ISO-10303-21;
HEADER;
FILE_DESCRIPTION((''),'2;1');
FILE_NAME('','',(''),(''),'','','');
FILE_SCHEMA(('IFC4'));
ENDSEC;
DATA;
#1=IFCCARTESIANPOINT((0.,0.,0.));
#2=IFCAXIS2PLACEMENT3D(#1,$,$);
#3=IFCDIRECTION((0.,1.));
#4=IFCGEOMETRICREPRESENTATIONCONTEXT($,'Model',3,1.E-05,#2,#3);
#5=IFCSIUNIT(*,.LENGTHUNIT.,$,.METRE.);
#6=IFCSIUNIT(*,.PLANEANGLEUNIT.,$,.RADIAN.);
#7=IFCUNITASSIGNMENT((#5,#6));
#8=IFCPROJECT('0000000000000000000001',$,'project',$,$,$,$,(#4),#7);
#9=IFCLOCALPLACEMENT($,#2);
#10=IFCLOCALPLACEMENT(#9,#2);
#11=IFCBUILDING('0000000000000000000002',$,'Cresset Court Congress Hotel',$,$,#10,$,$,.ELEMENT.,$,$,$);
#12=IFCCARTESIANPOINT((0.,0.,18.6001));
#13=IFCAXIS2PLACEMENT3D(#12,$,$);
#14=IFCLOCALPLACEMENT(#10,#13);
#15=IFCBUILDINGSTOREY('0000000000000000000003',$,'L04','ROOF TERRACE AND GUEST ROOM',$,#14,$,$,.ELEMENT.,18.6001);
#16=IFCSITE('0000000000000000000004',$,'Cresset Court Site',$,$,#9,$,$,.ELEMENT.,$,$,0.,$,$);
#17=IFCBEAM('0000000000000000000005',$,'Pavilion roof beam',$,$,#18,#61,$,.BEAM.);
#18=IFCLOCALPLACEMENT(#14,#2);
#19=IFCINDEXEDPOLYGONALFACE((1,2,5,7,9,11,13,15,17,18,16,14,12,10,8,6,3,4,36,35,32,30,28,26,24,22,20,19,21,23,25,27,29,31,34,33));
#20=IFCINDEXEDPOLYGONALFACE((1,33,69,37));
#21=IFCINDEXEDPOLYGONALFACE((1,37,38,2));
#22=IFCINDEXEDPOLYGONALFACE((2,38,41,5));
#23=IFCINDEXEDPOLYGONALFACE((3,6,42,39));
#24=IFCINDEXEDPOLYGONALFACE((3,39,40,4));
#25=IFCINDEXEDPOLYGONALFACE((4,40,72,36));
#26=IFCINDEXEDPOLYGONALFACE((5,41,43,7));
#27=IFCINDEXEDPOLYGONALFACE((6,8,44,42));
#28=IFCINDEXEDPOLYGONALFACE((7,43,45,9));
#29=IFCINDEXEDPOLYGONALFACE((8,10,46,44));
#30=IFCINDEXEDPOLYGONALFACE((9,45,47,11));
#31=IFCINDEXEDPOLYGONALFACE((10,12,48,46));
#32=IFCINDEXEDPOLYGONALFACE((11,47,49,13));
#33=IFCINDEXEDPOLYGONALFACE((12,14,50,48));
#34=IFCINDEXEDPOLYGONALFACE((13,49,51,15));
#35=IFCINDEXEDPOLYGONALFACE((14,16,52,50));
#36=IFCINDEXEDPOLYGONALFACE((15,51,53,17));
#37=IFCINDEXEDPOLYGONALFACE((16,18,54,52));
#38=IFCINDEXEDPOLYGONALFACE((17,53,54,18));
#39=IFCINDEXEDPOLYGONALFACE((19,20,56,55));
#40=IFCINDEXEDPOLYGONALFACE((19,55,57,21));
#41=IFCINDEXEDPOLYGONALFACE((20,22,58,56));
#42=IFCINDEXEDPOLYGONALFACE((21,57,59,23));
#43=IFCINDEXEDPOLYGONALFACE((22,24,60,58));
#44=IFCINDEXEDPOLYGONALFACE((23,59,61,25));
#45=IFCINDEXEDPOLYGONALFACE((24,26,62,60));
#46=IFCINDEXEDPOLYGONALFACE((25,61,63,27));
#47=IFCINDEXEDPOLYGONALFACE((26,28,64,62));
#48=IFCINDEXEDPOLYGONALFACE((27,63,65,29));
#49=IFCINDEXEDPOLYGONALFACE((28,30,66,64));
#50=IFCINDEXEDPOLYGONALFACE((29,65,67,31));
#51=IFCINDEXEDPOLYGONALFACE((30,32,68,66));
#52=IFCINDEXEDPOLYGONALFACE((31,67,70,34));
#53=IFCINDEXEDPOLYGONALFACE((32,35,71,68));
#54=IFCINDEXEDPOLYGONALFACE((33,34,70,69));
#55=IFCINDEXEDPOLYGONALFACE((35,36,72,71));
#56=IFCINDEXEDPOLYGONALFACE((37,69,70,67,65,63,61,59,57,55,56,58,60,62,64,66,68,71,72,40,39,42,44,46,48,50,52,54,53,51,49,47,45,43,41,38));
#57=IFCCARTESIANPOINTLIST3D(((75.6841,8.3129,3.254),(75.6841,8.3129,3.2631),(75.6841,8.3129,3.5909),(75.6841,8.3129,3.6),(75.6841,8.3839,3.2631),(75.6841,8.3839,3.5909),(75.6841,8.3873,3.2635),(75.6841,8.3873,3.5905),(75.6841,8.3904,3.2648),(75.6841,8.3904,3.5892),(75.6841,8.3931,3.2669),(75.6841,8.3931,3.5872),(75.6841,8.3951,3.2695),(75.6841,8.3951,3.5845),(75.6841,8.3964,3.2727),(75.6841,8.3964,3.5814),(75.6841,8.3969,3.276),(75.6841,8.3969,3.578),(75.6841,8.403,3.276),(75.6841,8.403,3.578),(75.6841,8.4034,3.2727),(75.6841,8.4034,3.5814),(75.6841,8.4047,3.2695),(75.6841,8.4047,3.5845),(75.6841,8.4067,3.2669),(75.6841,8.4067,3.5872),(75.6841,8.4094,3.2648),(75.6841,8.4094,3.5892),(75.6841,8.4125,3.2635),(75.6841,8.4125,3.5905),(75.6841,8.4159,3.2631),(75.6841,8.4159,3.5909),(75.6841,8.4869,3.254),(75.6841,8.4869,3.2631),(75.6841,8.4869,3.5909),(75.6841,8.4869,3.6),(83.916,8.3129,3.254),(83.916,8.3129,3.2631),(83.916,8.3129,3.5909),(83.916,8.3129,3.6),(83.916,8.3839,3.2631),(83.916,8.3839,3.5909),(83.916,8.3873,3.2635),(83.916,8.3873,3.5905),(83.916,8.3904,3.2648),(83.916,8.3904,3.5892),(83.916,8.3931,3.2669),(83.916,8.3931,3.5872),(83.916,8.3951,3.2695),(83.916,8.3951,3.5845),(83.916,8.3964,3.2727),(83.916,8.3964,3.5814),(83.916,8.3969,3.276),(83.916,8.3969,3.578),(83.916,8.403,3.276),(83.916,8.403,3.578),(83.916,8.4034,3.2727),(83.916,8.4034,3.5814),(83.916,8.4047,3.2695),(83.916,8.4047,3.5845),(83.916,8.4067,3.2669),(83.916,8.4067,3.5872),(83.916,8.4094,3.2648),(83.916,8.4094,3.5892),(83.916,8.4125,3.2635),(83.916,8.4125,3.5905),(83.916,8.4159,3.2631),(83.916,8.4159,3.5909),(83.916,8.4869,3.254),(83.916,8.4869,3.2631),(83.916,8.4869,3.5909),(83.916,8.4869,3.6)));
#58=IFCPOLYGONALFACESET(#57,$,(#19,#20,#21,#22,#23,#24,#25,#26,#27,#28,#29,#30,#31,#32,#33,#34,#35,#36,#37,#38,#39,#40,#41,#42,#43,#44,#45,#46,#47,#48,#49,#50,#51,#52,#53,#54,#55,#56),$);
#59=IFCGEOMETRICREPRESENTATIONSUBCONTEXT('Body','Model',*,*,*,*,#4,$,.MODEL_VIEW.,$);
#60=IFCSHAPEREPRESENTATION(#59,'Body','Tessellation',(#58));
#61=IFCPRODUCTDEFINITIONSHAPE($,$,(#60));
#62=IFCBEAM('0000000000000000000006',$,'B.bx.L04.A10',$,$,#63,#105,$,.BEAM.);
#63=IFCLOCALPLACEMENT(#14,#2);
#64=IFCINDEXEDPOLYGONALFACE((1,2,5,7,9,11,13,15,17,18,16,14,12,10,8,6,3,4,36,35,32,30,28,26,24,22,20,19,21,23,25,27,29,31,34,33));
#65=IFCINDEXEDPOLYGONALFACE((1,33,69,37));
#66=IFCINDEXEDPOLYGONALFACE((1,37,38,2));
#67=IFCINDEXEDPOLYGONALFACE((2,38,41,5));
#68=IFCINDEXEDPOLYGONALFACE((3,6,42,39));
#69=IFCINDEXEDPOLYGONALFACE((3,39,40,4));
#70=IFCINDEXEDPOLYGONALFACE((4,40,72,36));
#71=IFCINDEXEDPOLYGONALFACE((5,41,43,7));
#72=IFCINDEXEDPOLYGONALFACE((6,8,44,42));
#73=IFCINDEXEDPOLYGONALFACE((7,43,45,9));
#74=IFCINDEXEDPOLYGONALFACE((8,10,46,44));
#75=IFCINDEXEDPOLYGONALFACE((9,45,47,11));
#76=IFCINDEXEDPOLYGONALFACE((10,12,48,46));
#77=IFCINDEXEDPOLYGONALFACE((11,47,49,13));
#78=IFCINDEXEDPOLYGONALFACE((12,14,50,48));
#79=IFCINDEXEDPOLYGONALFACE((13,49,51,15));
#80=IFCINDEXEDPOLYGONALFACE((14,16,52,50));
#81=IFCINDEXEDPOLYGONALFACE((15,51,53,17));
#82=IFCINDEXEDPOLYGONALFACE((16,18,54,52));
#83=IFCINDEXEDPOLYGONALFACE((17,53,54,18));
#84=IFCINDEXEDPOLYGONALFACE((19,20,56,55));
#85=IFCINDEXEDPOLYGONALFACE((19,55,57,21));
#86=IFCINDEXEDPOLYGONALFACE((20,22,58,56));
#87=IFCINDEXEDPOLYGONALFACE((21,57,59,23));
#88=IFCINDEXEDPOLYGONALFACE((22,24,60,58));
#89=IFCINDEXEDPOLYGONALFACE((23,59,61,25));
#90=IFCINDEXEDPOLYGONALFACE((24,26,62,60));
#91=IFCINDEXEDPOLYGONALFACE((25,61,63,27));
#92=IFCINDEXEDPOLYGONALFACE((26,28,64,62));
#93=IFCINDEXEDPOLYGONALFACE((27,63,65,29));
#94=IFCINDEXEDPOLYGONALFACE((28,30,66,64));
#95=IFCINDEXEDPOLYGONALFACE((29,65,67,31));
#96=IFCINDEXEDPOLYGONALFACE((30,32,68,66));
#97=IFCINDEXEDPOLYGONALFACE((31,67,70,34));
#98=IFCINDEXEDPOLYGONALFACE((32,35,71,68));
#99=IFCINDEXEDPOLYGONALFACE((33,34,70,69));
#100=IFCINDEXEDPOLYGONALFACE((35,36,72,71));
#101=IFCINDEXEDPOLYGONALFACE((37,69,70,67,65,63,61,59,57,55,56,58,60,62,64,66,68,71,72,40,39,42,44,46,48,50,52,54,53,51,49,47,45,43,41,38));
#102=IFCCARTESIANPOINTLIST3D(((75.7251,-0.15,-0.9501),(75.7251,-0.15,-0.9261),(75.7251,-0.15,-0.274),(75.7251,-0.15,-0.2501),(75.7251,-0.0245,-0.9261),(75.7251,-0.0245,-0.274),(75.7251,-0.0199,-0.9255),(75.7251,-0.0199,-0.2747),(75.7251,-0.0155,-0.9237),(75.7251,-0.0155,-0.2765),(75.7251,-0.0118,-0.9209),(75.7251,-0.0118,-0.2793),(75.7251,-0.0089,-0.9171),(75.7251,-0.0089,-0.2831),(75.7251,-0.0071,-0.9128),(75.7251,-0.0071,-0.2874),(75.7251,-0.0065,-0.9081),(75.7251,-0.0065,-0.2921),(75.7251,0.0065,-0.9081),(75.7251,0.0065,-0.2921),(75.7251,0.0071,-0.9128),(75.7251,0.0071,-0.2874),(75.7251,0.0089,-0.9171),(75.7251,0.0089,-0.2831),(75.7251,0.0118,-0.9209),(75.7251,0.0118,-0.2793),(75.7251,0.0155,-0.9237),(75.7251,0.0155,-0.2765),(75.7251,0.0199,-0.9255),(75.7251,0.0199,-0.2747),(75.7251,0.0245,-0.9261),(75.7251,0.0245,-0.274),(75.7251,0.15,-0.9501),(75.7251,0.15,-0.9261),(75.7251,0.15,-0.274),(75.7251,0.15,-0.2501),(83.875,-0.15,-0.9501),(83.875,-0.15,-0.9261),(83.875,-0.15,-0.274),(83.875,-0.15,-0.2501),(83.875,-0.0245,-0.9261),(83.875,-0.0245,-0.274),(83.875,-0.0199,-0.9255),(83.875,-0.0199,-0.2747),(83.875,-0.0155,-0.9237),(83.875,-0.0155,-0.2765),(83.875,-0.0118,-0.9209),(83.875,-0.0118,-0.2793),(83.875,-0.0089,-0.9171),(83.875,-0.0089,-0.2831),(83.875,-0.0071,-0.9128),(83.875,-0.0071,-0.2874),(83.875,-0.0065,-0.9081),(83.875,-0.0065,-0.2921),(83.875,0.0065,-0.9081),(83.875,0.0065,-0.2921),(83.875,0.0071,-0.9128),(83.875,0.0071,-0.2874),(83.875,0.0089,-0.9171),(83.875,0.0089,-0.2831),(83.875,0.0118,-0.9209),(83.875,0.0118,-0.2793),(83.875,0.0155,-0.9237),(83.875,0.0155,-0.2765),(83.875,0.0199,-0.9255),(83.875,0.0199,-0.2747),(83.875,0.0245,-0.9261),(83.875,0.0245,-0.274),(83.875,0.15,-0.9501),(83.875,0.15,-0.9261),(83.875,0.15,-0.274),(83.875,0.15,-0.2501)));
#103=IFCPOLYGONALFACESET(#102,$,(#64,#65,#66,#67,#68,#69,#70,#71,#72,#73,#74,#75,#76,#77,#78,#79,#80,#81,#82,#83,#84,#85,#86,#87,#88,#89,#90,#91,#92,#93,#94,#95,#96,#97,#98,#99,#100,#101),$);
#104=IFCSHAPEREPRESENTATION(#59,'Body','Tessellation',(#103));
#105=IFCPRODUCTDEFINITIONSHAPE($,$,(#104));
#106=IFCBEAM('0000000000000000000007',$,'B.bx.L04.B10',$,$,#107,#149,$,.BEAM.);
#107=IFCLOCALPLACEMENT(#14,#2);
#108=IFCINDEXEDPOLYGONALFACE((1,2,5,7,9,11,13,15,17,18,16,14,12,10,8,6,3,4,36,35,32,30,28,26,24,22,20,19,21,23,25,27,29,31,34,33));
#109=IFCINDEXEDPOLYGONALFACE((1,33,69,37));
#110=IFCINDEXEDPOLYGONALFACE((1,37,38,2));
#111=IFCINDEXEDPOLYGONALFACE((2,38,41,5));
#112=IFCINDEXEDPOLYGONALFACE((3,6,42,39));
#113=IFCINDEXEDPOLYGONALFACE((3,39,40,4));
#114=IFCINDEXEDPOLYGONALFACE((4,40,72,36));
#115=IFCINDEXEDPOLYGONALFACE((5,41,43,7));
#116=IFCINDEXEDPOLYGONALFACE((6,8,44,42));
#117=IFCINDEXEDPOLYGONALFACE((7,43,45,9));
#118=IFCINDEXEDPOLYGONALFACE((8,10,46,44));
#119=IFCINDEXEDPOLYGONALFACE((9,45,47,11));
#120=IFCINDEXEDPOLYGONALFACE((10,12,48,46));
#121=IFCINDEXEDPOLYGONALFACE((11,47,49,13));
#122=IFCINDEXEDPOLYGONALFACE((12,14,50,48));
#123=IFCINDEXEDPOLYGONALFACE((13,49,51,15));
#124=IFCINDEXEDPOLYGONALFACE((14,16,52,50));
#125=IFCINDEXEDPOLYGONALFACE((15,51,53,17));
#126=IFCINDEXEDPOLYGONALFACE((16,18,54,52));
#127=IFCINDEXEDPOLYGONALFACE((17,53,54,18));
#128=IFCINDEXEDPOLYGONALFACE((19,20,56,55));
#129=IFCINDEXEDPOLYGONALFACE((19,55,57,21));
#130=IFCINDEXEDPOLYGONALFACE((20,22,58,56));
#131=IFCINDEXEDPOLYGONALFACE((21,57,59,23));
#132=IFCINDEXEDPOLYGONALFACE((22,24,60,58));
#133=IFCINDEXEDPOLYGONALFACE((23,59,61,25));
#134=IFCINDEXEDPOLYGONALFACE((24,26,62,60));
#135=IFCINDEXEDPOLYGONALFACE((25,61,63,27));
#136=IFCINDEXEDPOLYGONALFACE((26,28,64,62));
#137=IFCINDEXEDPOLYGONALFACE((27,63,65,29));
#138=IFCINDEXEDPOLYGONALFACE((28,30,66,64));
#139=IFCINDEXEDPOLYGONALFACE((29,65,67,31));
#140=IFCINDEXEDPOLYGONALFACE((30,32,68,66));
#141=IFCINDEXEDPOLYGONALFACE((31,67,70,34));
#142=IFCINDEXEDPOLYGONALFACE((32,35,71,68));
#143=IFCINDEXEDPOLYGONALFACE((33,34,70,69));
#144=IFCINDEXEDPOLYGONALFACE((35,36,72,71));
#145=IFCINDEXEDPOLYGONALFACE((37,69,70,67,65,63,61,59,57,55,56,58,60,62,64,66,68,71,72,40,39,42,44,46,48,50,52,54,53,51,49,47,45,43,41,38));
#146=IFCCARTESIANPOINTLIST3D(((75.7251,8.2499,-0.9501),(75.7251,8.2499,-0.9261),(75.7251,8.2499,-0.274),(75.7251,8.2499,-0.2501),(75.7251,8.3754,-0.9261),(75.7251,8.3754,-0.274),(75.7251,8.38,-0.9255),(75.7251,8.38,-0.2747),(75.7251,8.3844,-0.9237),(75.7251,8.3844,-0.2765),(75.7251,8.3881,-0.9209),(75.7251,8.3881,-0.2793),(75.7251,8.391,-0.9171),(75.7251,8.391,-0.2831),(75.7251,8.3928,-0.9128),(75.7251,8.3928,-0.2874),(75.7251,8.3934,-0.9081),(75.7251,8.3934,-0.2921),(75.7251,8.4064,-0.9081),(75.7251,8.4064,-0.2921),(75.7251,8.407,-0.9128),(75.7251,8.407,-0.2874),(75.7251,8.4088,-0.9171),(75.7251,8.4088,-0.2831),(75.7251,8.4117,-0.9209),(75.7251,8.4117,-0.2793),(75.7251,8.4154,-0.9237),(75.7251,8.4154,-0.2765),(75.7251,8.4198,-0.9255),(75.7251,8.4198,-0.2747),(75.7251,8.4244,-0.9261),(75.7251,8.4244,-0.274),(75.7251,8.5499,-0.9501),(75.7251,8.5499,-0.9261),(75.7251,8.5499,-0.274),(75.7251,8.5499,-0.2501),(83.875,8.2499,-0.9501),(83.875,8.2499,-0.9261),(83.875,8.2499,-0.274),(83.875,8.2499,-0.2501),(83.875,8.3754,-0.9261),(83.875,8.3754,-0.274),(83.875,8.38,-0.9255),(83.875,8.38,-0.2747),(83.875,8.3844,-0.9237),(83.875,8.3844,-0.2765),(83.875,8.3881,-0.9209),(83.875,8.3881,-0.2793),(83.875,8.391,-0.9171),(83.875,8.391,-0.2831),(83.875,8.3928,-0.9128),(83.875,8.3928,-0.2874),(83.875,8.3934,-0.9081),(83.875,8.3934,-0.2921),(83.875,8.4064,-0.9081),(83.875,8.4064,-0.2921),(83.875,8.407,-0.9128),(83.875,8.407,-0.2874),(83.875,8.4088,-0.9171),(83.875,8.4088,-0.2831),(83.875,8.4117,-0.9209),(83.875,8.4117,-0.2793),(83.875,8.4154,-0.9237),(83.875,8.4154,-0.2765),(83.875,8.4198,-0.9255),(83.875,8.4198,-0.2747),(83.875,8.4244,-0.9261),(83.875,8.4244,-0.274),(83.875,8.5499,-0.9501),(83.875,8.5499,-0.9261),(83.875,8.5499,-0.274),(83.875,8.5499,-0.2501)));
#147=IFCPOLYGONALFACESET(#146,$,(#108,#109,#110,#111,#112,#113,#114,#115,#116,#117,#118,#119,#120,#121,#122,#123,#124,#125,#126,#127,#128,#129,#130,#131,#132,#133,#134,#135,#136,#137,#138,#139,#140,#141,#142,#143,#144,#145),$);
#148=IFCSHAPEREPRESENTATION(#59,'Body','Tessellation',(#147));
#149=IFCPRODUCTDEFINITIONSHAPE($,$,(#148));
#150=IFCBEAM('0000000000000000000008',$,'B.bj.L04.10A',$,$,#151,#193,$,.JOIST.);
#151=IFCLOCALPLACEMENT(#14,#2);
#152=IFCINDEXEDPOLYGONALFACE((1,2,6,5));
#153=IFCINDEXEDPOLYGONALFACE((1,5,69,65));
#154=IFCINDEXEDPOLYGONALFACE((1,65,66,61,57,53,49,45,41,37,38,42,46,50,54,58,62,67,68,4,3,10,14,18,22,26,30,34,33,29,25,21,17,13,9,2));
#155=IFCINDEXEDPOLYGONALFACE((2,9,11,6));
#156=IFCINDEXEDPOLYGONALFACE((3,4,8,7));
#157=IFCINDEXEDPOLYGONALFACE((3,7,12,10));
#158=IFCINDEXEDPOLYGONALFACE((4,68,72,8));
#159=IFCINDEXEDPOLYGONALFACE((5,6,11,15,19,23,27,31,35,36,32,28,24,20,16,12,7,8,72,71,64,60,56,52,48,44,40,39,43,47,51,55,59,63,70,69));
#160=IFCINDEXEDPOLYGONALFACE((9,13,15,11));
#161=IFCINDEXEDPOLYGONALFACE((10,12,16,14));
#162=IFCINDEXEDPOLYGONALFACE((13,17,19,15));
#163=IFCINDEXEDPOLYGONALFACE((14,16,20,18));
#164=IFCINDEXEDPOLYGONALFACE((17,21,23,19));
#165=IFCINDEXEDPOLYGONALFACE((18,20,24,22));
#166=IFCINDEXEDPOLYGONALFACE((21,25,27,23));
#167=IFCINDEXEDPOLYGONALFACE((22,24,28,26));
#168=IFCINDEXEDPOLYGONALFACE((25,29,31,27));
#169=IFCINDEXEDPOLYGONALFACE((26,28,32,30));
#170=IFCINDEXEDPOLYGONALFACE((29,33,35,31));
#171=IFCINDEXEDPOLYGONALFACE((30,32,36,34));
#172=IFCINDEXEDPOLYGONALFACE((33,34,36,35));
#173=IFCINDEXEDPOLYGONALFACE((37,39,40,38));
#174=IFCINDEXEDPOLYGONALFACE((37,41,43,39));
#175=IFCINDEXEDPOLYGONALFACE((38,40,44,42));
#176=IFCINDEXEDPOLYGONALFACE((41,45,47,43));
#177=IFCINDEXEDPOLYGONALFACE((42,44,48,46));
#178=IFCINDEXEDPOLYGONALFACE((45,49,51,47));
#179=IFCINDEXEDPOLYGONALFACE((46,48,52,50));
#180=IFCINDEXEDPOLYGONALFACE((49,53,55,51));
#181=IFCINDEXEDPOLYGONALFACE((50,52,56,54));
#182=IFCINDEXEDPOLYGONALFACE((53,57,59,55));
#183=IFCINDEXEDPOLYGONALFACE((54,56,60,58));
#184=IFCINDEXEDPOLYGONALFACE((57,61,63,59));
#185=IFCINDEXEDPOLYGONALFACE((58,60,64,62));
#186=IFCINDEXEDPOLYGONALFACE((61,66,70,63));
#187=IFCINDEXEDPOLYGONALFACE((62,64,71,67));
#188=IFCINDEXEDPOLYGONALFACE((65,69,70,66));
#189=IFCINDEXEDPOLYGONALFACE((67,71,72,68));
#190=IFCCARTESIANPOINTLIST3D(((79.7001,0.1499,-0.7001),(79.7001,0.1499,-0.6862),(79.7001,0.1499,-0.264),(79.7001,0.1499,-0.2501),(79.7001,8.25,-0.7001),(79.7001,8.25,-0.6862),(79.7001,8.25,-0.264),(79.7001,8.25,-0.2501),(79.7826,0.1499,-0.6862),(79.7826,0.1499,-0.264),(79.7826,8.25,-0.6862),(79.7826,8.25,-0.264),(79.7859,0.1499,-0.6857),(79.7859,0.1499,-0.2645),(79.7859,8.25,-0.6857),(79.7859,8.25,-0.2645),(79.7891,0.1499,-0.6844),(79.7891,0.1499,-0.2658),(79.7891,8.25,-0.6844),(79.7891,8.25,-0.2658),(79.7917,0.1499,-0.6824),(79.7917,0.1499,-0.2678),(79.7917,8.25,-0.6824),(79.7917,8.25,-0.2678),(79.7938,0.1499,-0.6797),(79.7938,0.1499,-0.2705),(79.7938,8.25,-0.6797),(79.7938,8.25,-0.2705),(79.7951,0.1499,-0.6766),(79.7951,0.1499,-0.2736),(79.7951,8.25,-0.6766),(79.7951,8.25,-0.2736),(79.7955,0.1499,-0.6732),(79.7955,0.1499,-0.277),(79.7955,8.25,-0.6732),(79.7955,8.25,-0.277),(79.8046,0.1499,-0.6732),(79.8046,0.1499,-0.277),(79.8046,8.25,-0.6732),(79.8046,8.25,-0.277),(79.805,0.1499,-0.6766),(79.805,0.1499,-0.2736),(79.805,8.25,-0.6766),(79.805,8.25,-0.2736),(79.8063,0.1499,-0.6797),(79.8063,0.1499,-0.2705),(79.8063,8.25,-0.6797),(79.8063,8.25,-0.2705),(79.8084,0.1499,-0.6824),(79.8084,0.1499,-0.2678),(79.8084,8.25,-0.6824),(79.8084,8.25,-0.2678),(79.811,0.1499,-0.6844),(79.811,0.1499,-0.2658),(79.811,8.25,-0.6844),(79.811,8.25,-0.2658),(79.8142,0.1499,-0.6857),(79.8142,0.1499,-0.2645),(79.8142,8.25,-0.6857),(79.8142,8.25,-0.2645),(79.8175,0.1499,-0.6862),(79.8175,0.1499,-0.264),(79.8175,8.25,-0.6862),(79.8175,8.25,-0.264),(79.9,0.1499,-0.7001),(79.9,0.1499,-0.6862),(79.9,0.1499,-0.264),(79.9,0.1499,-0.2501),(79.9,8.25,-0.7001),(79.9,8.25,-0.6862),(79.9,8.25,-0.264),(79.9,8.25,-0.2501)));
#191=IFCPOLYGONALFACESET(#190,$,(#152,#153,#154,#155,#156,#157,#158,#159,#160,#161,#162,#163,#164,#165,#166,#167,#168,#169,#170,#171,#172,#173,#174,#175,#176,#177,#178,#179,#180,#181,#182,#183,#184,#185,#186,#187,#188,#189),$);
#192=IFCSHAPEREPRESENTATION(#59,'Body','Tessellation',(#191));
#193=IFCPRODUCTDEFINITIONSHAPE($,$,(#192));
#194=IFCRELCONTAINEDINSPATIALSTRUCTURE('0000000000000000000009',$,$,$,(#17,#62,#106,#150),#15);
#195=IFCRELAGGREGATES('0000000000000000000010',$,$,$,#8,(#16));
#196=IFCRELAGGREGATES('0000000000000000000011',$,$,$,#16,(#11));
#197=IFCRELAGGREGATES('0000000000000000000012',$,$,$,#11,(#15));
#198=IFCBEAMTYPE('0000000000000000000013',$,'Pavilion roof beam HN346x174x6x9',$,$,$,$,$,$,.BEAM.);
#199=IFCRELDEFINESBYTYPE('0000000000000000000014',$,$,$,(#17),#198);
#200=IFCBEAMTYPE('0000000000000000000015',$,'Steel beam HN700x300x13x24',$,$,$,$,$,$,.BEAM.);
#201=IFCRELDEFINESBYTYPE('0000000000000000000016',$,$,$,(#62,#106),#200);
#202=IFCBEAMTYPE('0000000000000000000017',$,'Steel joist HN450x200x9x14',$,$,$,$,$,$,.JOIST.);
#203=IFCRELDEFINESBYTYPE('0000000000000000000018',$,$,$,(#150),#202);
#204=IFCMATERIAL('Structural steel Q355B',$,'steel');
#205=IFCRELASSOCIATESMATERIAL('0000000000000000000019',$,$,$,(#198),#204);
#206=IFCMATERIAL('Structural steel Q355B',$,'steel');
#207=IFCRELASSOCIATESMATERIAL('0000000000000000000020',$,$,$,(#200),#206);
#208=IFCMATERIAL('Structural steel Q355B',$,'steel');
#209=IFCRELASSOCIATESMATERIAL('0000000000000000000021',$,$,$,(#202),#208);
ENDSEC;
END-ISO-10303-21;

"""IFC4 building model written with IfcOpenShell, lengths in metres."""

from ifc_helpers import new_model, si_unit, direction, frame, origin, origin_2d, place, context, subcontext, project, spatial, i_section, extrude, material, material_profile, profile_set, type_object, element, save


model = new_model("IFC4")

# Units and contexts
model_context = context("Model", 3, precision=1e-05, world=origin(), true_north=direction((0.0, 1.0)))
body_context = subcontext(model_context, "Body", "Model", "MODEL_VIEW")
ifc_project = project(units=[si_unit("LENGTHUNIT", "METRE"), si_unit("PLANEANGLEUNIT", "RADIAN")], contexts=[model_context])

# Site, building, storey
site_placement = place(None, origin())
site = spatial("IfcSite", under=ifc_project, at=site_placement, Name="Cresset Court Site", CompositionType="ELEMENT", RefElevation=0.0)
building_placement = place(site_placement, origin())
building = spatial("IfcBuilding", under=site, at=building_placement, Name="Cresset Court Congress Hotel", CompositionType="ELEMENT")
storey_placement = place(building_placement, frame((0.0, 0.0, 18.6001)))
storey = spatial("IfcBuildingStorey", under=building, at=storey_placement, Name="L04", Description="ROOF TERRACE AND GUEST ROOM", CompositionType="ELEMENT", Elevation=18.6001)

# Beams
ifc_material_1 = material(Name="Structural steel Q355B", Category="steel")
ifc_material_profile_1 = material_profile(ifc_material_1, i_section(OverallWidth=0.1741, OverallDepth=0.3459, WebThickness=0.0061, FlangeThickness=0.009, FilletRadius=0.0129, at=origin_2d()), Name="HN346x174x6x9")
ifc_profile_set_1 = profile_set([ifc_material_profile_1], Name="Structural steel Q355B")
beam_type_1 = type_object("IfcBeamType", Name="Pavilion roof beam HN346x174x6x9", PredefinedType="BEAM", material=ifc_profile_set_1)
beam_1_placement = place(storey_placement, frame((75.6841, 8.3999, 3.427), z_axis=(1.0, 0.0, 0.0), x_axis=(0.0, 1.0, 0.0)))
element("IfcBeam", 1, at=beam_1_placement, inside=storey, type_object=beam_type_1, Name="Pavilion roof beam", PredefinedType="BEAM", context=body_context, shape_type="SweptSolid", body=[
    extrude(i_section(OverallWidth=0.1741, OverallDepth=0.3459, WebThickness=0.0061, FlangeThickness=0.009, FilletRadius=0.0129, at=origin_2d()), origin(), (0.0, 0.0, 1.0), 8.2319),
])
ifc_material_2 = material(Name="Structural steel Q355B", Category="steel")
ifc_material_profile_2 = material_profile(ifc_material_2, i_section(OverallWidth=0.3, OverallDepth=0.7, WebThickness=0.0129, FlangeThickness=0.0239, FilletRadius=0.0181, at=origin_2d()), Name="HN700x300x13x24")
ifc_profile_set_2 = profile_set([ifc_material_profile_2], Name="Structural steel Q355B")
beam_type_2 = type_object("IfcBeamType", Name="Steel beam HN700x300x13x24", PredefinedType="BEAM", material=ifc_profile_set_2)
for number, where, z_axis, x_axis, name in (
    (2, (75.7251, 0.0, -0.6001), (1.0, 0.0, 0.0), (0.0, 1.0, 0.0), "B.bx.L04.A10"),
    (3, (75.7251, 8.3999, -0.6001), (1.0, 0.0, 0.0), (0.0, 1.0, 0.0), "B.bx.L04.B10"),
):
    element("IfcBeam", number, at=place(storey_placement, frame(where, z_axis=z_axis, x_axis=x_axis)), inside=storey, type_object=beam_type_2, Name=name, PredefinedType="BEAM", context=body_context, shape_type="SweptSolid", body=[
        extrude(i_section(OverallWidth=0.3, OverallDepth=0.7, WebThickness=0.0129, FlangeThickness=0.0239, FilletRadius=0.0181, at=origin_2d()), origin(), (0.0, 0.0, 1.0), 8.1499),
    ])
ifc_material_3 = material(Name="Structural steel Q355B", Category="steel")
ifc_material_profile_3 = material_profile(ifc_material_3, i_section(OverallWidth=0.2, OverallDepth=0.45, WebThickness=0.009, FlangeThickness=0.0139, FilletRadius=0.0129, at=origin_2d()), Name="HN450x200x9x14")
ifc_profile_set_3 = profile_set([ifc_material_profile_3], Name="Structural steel Q355B")
beam_type_3 = type_object("IfcBeamType", Name="Steel joist HN450x200x9x14", PredefinedType="JOIST", material=ifc_profile_set_3)
beam_2_placement = place(storey_placement, frame((79.8, 0.1499, -0.4751), z_axis=(0.0, 1.0, 0.0), x_axis=(-1.0, 0.0, 0.0)))
element("IfcBeam", 4, at=beam_2_placement, inside=storey, type_object=beam_type_3, Name="B.bj.L04.10A", PredefinedType="JOIST", context=body_context, shape_type="SweptSolid", body=[
    extrude(i_section(OverallWidth=0.2, OverallDepth=0.45, WebThickness=0.009, FlangeThickness=0.0139, FilletRadius=0.0129, at=origin_2d()), origin(), (0.0, 0.0, 1.0), 8.1001),
])

save(model, "model.ifc")
